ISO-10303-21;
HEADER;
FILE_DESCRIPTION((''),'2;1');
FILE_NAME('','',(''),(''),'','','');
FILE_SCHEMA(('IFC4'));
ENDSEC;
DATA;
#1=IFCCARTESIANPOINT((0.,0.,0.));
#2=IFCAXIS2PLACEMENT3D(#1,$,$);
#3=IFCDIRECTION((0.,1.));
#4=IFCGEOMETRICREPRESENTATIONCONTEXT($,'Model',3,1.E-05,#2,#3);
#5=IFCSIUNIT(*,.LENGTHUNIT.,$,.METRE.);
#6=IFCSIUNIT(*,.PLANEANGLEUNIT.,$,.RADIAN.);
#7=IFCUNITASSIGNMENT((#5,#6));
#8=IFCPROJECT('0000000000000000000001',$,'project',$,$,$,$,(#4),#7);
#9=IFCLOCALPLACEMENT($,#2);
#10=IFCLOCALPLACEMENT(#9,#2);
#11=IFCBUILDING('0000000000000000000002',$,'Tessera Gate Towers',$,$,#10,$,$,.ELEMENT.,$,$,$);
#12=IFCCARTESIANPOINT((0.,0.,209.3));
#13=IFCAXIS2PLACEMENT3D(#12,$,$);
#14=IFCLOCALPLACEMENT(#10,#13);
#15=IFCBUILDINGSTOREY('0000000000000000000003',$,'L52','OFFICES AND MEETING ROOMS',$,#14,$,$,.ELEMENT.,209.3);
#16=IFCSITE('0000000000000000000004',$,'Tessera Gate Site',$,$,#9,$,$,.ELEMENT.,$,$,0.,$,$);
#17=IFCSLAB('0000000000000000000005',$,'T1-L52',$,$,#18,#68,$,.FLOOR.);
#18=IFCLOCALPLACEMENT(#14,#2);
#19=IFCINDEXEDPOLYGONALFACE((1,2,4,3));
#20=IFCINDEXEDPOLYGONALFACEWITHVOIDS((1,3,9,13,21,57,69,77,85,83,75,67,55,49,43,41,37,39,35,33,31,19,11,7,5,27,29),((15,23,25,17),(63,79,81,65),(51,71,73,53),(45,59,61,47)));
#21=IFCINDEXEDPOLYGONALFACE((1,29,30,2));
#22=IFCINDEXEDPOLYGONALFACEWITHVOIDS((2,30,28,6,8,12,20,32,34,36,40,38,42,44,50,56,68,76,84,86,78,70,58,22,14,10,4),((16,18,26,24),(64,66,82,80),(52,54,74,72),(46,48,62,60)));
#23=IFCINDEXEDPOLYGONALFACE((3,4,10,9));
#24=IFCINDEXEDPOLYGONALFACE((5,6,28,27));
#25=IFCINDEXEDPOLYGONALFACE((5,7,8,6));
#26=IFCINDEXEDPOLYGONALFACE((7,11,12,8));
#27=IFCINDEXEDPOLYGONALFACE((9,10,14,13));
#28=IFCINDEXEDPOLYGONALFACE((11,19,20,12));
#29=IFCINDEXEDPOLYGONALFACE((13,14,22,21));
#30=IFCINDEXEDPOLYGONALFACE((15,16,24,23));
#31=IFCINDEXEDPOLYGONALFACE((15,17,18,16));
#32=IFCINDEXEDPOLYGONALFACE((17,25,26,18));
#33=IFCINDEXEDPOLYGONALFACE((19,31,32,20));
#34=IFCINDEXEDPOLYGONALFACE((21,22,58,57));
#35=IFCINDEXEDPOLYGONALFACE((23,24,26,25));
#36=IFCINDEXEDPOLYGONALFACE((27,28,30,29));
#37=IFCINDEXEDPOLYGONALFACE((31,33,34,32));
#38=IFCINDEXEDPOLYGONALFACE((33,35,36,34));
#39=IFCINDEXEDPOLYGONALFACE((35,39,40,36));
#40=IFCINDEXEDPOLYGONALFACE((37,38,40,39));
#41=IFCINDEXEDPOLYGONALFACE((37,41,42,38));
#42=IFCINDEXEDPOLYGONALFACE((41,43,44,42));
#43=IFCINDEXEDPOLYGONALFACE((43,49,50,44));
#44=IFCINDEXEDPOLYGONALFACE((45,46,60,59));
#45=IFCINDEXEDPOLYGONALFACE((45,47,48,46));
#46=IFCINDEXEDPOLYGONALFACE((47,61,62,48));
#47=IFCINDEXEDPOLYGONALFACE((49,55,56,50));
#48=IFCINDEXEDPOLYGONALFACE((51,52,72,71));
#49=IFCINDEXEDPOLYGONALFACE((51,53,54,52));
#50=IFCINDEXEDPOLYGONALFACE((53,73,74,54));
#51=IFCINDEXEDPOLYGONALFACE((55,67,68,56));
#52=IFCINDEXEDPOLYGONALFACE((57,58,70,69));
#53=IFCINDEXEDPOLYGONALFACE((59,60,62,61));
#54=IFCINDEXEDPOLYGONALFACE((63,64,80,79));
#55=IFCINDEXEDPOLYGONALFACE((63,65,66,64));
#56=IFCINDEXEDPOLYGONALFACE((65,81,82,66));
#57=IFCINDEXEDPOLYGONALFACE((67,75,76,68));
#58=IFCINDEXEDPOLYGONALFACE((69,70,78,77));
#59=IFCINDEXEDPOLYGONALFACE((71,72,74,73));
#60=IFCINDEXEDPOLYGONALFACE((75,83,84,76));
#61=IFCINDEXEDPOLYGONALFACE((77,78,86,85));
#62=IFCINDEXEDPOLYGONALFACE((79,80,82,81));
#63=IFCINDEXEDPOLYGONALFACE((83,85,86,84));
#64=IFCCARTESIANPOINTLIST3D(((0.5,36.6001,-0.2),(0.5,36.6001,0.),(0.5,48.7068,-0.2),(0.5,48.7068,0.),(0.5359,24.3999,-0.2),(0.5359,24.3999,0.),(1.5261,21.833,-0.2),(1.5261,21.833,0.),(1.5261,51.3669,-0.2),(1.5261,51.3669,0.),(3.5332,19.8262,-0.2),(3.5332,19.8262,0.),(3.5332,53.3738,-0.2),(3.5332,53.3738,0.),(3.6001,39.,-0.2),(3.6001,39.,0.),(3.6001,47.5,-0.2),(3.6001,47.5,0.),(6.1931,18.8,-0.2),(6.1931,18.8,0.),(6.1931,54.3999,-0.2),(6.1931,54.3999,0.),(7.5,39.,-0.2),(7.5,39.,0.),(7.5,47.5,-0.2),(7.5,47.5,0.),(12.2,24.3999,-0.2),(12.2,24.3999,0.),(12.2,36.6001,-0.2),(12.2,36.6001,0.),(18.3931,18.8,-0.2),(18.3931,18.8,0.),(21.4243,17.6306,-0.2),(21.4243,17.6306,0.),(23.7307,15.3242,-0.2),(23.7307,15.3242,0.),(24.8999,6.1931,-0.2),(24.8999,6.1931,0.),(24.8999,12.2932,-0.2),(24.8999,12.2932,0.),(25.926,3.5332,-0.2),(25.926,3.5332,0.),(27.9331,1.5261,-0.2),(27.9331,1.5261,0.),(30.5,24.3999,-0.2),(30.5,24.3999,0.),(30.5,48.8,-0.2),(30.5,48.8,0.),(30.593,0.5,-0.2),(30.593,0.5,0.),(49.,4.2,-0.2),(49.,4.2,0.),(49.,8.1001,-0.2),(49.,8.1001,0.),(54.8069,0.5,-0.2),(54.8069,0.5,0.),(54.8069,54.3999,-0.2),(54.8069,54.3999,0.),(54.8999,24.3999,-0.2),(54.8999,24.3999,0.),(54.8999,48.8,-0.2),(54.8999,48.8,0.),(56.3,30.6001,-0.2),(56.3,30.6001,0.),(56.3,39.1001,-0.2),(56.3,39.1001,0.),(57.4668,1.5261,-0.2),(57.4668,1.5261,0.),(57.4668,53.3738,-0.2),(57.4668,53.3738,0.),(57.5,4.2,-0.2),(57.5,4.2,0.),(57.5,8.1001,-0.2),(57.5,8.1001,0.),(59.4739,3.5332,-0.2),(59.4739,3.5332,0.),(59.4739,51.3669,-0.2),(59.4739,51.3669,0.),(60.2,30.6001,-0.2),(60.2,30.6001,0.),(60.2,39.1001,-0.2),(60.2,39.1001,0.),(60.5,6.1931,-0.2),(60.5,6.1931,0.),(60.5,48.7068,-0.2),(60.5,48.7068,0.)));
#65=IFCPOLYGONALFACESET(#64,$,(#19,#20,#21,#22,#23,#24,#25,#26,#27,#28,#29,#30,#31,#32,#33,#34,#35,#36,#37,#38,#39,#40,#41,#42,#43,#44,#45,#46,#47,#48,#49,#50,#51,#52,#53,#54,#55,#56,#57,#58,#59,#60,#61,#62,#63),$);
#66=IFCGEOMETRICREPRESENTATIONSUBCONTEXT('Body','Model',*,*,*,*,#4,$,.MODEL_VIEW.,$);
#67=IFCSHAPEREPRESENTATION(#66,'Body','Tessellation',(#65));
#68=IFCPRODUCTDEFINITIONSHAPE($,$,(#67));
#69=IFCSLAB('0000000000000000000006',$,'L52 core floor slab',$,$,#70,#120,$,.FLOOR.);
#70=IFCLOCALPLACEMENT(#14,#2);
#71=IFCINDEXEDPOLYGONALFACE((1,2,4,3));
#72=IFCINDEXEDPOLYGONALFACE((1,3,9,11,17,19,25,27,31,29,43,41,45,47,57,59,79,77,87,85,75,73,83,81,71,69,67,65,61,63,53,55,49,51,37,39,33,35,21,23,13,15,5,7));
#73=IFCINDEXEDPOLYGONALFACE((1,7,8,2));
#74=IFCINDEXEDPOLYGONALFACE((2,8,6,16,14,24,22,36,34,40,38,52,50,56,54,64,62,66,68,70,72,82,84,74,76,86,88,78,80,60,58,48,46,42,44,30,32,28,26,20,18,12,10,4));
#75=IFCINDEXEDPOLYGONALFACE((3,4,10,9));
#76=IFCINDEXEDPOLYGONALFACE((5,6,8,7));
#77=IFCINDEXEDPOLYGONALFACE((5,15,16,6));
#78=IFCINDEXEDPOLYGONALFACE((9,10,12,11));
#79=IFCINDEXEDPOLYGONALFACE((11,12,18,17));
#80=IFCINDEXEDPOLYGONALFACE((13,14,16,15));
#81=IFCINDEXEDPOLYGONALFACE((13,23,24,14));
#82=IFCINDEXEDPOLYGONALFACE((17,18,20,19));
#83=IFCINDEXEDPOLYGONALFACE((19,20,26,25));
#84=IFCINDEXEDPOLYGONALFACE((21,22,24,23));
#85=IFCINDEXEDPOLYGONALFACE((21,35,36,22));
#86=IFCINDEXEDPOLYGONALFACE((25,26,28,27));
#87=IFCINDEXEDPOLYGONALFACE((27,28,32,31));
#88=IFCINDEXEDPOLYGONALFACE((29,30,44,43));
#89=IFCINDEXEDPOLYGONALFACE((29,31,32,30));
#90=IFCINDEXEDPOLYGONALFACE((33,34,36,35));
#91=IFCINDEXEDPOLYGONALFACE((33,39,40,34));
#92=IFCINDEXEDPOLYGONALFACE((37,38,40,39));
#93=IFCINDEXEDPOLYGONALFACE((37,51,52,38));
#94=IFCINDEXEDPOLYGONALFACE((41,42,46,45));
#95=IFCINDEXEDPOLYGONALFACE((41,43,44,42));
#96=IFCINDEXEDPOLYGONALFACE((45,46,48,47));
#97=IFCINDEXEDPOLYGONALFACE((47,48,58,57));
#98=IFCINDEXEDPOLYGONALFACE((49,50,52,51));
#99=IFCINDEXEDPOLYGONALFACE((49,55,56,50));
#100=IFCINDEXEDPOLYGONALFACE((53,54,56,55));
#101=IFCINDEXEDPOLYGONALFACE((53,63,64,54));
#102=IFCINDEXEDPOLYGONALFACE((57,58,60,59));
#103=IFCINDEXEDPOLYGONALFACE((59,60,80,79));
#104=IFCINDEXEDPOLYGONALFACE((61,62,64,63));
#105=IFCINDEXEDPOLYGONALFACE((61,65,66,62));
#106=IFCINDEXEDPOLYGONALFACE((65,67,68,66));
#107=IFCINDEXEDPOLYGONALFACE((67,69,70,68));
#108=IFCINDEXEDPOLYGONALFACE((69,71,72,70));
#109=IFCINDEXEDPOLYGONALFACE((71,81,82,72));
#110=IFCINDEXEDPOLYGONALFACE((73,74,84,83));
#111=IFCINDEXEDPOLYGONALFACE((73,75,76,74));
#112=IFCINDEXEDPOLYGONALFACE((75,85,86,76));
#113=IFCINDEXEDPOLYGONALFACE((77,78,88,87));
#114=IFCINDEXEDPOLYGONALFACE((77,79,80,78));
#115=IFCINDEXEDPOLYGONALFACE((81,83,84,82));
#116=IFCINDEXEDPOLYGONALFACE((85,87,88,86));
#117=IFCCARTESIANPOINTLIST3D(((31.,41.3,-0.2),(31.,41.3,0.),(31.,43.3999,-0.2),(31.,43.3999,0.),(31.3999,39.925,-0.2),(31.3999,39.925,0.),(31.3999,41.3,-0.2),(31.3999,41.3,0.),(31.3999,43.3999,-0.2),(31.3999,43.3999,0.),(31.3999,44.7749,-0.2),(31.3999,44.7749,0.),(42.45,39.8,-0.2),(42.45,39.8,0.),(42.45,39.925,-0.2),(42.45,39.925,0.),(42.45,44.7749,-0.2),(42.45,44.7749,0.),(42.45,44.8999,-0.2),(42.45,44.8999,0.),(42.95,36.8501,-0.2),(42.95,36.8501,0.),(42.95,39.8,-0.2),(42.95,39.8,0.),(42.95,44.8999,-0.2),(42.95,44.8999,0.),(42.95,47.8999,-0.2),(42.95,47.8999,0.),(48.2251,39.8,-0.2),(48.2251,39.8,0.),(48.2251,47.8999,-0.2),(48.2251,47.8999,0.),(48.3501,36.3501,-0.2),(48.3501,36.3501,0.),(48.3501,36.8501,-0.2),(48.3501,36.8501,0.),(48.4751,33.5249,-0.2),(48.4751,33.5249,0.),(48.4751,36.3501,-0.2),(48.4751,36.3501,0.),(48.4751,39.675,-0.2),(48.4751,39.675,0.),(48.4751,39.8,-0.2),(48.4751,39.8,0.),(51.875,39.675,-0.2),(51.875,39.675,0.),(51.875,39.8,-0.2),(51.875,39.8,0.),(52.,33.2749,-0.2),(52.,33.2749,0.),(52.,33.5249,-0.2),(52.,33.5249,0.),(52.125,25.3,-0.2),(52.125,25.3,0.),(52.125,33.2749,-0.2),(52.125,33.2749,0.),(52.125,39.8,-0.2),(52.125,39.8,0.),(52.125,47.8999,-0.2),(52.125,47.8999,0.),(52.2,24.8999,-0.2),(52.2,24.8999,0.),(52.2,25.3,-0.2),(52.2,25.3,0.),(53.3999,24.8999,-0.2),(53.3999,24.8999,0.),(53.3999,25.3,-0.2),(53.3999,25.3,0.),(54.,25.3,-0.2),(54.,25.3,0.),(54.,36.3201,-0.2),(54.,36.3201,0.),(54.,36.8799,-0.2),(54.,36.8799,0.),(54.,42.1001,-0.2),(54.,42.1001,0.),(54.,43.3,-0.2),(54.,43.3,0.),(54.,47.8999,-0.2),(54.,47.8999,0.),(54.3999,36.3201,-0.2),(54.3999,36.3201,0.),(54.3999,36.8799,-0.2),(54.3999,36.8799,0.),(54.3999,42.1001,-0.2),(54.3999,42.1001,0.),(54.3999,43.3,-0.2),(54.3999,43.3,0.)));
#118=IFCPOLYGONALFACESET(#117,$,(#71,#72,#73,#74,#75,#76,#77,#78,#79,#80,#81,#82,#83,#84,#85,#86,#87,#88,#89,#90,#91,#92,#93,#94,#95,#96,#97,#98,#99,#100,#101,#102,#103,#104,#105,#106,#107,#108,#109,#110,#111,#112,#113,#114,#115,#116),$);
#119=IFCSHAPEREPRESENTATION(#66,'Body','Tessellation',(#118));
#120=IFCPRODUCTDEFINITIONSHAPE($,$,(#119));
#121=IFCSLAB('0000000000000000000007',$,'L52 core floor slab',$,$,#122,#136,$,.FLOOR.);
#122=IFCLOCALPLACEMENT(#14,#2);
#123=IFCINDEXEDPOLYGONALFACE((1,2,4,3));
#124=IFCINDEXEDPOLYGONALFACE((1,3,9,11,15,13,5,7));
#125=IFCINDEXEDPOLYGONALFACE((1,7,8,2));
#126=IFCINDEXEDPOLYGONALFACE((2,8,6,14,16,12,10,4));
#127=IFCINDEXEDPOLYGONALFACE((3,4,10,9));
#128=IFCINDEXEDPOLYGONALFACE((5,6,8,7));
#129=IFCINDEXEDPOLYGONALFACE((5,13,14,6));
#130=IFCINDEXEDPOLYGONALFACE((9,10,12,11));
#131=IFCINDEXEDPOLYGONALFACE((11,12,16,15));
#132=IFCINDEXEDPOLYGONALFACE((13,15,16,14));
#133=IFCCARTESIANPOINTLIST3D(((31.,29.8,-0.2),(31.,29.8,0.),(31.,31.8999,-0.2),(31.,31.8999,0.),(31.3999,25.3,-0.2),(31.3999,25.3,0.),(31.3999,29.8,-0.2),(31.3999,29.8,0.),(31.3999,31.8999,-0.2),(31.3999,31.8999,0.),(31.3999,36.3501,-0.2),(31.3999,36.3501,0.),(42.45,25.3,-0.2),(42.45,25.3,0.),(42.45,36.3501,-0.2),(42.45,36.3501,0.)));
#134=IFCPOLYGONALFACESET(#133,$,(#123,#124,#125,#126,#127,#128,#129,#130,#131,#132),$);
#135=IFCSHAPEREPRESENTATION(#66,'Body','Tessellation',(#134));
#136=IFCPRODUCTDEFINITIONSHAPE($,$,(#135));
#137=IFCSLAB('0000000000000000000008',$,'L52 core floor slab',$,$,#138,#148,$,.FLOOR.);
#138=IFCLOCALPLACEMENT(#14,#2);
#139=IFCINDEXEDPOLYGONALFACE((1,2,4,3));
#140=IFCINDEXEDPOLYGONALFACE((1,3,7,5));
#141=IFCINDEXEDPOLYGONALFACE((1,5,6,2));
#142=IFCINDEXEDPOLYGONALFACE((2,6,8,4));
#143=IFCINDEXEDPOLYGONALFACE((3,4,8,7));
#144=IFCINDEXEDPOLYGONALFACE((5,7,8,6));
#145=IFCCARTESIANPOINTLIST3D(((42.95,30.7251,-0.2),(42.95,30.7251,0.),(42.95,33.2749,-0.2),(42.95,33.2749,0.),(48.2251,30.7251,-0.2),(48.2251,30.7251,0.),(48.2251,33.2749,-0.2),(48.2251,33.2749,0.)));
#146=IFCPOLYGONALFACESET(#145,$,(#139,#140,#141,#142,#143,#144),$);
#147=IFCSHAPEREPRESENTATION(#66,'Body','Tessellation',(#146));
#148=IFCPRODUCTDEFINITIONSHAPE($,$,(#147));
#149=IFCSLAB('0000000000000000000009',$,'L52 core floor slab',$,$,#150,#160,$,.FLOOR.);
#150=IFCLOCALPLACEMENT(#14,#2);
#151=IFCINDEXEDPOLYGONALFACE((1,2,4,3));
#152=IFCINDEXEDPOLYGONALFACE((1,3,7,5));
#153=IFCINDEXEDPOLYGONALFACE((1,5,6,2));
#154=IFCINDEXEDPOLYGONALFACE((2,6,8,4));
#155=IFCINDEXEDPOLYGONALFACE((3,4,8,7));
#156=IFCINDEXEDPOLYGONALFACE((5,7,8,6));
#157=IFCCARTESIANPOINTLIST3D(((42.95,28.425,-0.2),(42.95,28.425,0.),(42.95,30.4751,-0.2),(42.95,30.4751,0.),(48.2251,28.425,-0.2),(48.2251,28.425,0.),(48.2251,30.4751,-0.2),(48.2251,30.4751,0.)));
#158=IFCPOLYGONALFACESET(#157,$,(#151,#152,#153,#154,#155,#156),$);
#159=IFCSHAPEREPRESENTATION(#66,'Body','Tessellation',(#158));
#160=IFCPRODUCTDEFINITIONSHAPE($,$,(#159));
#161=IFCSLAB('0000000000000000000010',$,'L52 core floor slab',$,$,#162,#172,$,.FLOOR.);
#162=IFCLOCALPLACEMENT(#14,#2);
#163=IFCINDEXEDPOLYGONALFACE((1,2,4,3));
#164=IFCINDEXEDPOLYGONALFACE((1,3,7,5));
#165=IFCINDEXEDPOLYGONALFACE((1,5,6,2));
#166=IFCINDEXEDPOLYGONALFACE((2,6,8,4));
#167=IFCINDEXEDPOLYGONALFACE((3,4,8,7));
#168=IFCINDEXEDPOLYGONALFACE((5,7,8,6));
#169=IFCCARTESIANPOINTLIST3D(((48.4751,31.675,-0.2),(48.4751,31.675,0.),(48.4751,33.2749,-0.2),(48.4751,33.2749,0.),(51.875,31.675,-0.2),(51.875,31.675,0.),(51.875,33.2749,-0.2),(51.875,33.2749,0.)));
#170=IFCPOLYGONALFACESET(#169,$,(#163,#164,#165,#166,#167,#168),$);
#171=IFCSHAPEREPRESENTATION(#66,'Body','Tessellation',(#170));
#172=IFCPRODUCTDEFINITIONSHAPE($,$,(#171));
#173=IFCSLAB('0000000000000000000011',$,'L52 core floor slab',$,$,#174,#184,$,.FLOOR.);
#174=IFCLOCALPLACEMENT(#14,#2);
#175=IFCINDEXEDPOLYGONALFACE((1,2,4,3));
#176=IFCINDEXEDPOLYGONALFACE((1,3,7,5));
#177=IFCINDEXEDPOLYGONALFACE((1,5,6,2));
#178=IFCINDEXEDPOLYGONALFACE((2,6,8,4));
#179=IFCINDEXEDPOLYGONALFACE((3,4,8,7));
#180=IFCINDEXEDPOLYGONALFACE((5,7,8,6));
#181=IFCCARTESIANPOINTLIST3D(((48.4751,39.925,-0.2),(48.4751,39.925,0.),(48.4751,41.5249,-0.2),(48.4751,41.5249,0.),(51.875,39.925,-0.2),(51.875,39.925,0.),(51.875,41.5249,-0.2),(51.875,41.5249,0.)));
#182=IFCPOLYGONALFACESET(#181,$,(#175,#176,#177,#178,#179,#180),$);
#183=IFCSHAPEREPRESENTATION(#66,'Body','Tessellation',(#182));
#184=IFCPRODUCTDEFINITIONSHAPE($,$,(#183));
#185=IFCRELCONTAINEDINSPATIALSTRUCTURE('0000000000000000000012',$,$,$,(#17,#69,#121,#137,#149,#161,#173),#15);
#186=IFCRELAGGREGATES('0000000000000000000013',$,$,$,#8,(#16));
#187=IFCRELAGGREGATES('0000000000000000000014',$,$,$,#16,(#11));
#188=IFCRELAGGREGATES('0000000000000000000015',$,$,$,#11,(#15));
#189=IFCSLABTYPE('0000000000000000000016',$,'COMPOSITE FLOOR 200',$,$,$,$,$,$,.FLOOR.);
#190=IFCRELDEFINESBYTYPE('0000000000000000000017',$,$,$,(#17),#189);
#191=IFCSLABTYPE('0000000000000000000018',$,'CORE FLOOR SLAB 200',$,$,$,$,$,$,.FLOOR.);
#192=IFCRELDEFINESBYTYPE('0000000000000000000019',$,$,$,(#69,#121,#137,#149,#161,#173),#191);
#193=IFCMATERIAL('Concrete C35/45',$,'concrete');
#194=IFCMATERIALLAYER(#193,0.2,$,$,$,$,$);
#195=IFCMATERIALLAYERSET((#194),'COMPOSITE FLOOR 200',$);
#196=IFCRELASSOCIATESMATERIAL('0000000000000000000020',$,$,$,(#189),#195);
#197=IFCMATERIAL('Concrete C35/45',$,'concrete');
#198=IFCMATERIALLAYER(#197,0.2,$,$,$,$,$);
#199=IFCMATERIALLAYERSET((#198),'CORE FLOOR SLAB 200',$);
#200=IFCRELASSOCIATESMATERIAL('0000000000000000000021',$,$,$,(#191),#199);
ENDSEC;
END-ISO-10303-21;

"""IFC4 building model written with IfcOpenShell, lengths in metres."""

from ifc_helpers import new_model, si_unit, direction, frame, origin, place, context, subcontext, project, spatial, polyline, outline, extrude, material, layer, layer_set, type_object, element, save


model = new_model("IFC4")

# Units and contexts
model_context = context("Model", 3, precision=1e-05, world=origin(), true_north=direction((0.0, 1.0)))
body_context = subcontext(model_context, "Body", "Model", "MODEL_VIEW")
ifc_project = project(units=[si_unit("LENGTHUNIT", "METRE"), si_unit("PLANEANGLEUNIT", "RADIAN")], contexts=[model_context])

# Site, building, storey
site_placement = place(None, origin())
site = spatial("IfcSite", under=ifc_project, at=site_placement, Name="Tessera Gate Site", CompositionType="ELEMENT", RefElevation=0.0)
building_placement = place(site_placement, origin())
building = spatial("IfcBuilding", under=site, at=building_placement, Name="Tessera Gate Towers", CompositionType="ELEMENT")
storey_placement = place(building_placement, frame((0.0, 0.0, 209.3)))
storey = spatial("IfcBuildingStorey", under=building, at=storey_placement, Name="L52", Description="OFFICES AND MEETING ROOMS", CompositionType="ELEMENT", Elevation=209.3)

# Slabs
ifc_material_1 = material(Name="Concrete C35/45", Category="concrete")
ifc_layer_1 = layer(ifc_material_1, 0.2)
ifc_layer_set_1 = layer_set([ifc_layer_1], Name="COMPOSITE FLOOR 200")
slab_type_1 = type_object("IfcSlabType", Name="COMPOSITE FLOOR 200", PredefinedType="FLOOR", material=ifc_layer_set_1)
slab_1_placement = place(storey_placement, frame((0.0, 0.0, -0.2)))
element("IfcSlab", 1, at=slab_1_placement, inside=storey, type_object=slab_type_1, Name="T1-L52", PredefinedType="FLOOR", context=body_context, shape_type="SweptSolid", body=[
    extrude(outline(polyline([(0.5, 36.6001), (12.2, 36.6001), (12.2, 24.3999), (0.5359, 24.3999), (1.5261, 21.833), (3.5332, 19.8262), (6.1931, 18.8), (18.3931, 18.8), (21.4243, 17.6306), (23.7307, 15.3242), (24.8999, 12.2932), (24.8999, 6.1931), (25.926, 3.5332), (27.9331, 1.5261), (30.593, 0.5), (54.8069, 0.5), (57.4668, 1.5261), (59.4739, 3.5332), (60.5, 6.1931), (60.5, 48.7068), (59.4739, 51.3669), (57.4668, 53.3738), (54.8069, 54.3999), (6.1931, 54.3999), (3.5332, 53.3738), (1.5261, 51.3669), (0.5, 48.7068), (0.5, 36.6001)]), holes=[polyline([(3.6001, 39.0), (3.6001, 47.5), (7.5, 47.5), (7.5, 39.0), (3.6001, 39.0)]), polyline([(30.5, 24.3999), (30.5, 48.8), (54.8999, 48.8), (54.8999, 24.3999), (30.5, 24.3999)]), polyline([(49.0, 4.2), (49.0, 8.1001), (57.5, 8.1001), (57.5, 4.2), (49.0, 4.2)]), polyline([(56.3, 30.6001), (56.3, 39.1001), (60.2, 39.1001), (60.2, 30.6001), (56.3, 30.6001)])]), origin(), (0.0, 0.0, 1.0), 0.2),
])
ifc_material_2 = material(Name="Concrete C35/45", Category="concrete")
ifc_layer_2 = layer(ifc_material_2, 0.2)
ifc_layer_set_2 = layer_set([ifc_layer_2], Name="CORE FLOOR SLAB 200")
slab_type_2 = type_object("IfcSlabType", Name="CORE FLOOR SLAB 200", PredefinedType="FLOOR", material=ifc_layer_set_2)
slab_2_placement = place(storey_placement, frame((0.0, 0.0, -0.2)))
element("IfcSlab", 2, at=slab_2_placement, inside=storey, type_object=slab_type_2, Name="L52 core floor slab", PredefinedType="FLOOR", context=body_context, shape_type="SweptSolid", body=[
    extrude(outline(polyline([(42.45, 44.8999), (42.45, 44.7749), (31.3999, 44.7749), (31.3999, 43.3999), (31.0, 43.3999), (31.0, 41.3), (31.3999, 41.3), (31.3999, 39.925), (42.45, 39.925), (42.45, 39.8), (42.95, 39.8), (42.95, 36.8501), (48.3501, 36.8501), (48.3501, 36.3501), (48.4751, 36.3501), (48.4751, 33.5249), (52.0, 33.5249), (52.0, 33.2749), (52.125, 33.2749), (52.125, 25.3), (52.2, 25.3), (52.2, 24.8999), (53.3999, 24.8999), (53.3999, 25.3), (54.0, 25.3), (54.0, 36.3201), (54.3999, 36.3201), (54.3999, 36.8799), (54.0, 36.8799), (54.0, 42.1001), (54.3999, 42.1001), (54.3999, 43.3), (54.0, 43.3), (54.0, 47.8999), (52.125, 47.8999), (52.125, 39.8), (51.875, 39.8), (51.875, 39.675), (48.4751, 39.675), (48.4751, 39.8), (48.2251, 39.8), (48.2251, 47.8999), (42.95, 47.8999), (42.95, 44.8999), (42.45, 44.8999)])), origin(), (0.0, 0.0, 1.0), 0.2),
])
slab_3_placement = place(storey_placement, frame((0.0, 0.0, -0.2)))
element("IfcSlab", 3, at=slab_3_placement, inside=storey, type_object=slab_type_2, Name="L52 core floor slab", PredefinedType="FLOOR", context=body_context, shape_type="SweptSolid", body=[
    extrude(outline(polyline([(31.3999, 36.3501), (31.3999, 31.8999), (31.0, 31.8999), (31.0, 29.8), (31.3999, 29.8), (31.3999, 25.3), (42.45, 25.3), (42.45, 36.3501), (31.3999, 36.3501)])), origin(), (0.0, 0.0, 1.0), 0.2),
])
slab_4_placement = place(storey_placement, frame((0.0, 0.0, -0.2)))
element("IfcSlab", 4, at=slab_4_placement, inside=storey, type_object=slab_type_2, Name="L52 core floor slab", PredefinedType="FLOOR", context=body_context, shape_type="SweptSolid", body=[
    extrude(outline(polyline([(42.95, 33.2749), (42.95, 30.7251), (48.2251, 30.7251), (48.2251, 33.2749), (42.95, 33.2749)])), origin(), (0.0, 0.0, 1.0), 0.2),
])
slab_5_placement = place(storey_placement, frame((0.0, 0.0, -0.2)))
element("IfcSlab", 5, at=slab_5_placement, inside=storey, type_object=slab_type_2, Name="L52 core floor slab", PredefinedType="FLOOR", context=body_context, shape_type="SweptSolid", body=[
    extrude(outline(polyline([(48.2251, 30.4751), (42.95, 30.4751), (42.95, 28.425), (48.2251, 28.425), (48.2251, 30.4751)])), origin(), (0.0, 0.0, 1.0), 0.2),
])
slab_6_placement = place(storey_placement, frame((0.0, 0.0, -0.2)))
element("IfcSlab", 6, at=slab_6_placement, inside=storey, type_object=slab_type_2, Name="L52 core floor slab", PredefinedType="FLOOR", context=body_context, shape_type="SweptSolid", body=[
    extrude(outline(polyline([(51.875, 31.675), (51.875, 33.2749), (48.4751, 33.2749), (48.4751, 31.675), (51.875, 31.675)])), origin(), (0.0, 0.0, 1.0), 0.2),
])
slab_7_placement = place(storey_placement, frame((0.0, 0.0, -0.2)))
element("IfcSlab", 7, at=slab_7_placement, inside=storey, type_object=slab_type_2, Name="L52 core floor slab", PredefinedType="FLOOR", context=body_context, shape_type="SweptSolid", body=[
    extrude(outline(polyline([(48.4751, 41.5249), (48.4751, 39.925), (51.875, 39.925), (51.875, 41.5249), (48.4751, 41.5249)])), origin(), (0.0, 0.0, 1.0), 0.2),
])

save(model, "model.ifc")
